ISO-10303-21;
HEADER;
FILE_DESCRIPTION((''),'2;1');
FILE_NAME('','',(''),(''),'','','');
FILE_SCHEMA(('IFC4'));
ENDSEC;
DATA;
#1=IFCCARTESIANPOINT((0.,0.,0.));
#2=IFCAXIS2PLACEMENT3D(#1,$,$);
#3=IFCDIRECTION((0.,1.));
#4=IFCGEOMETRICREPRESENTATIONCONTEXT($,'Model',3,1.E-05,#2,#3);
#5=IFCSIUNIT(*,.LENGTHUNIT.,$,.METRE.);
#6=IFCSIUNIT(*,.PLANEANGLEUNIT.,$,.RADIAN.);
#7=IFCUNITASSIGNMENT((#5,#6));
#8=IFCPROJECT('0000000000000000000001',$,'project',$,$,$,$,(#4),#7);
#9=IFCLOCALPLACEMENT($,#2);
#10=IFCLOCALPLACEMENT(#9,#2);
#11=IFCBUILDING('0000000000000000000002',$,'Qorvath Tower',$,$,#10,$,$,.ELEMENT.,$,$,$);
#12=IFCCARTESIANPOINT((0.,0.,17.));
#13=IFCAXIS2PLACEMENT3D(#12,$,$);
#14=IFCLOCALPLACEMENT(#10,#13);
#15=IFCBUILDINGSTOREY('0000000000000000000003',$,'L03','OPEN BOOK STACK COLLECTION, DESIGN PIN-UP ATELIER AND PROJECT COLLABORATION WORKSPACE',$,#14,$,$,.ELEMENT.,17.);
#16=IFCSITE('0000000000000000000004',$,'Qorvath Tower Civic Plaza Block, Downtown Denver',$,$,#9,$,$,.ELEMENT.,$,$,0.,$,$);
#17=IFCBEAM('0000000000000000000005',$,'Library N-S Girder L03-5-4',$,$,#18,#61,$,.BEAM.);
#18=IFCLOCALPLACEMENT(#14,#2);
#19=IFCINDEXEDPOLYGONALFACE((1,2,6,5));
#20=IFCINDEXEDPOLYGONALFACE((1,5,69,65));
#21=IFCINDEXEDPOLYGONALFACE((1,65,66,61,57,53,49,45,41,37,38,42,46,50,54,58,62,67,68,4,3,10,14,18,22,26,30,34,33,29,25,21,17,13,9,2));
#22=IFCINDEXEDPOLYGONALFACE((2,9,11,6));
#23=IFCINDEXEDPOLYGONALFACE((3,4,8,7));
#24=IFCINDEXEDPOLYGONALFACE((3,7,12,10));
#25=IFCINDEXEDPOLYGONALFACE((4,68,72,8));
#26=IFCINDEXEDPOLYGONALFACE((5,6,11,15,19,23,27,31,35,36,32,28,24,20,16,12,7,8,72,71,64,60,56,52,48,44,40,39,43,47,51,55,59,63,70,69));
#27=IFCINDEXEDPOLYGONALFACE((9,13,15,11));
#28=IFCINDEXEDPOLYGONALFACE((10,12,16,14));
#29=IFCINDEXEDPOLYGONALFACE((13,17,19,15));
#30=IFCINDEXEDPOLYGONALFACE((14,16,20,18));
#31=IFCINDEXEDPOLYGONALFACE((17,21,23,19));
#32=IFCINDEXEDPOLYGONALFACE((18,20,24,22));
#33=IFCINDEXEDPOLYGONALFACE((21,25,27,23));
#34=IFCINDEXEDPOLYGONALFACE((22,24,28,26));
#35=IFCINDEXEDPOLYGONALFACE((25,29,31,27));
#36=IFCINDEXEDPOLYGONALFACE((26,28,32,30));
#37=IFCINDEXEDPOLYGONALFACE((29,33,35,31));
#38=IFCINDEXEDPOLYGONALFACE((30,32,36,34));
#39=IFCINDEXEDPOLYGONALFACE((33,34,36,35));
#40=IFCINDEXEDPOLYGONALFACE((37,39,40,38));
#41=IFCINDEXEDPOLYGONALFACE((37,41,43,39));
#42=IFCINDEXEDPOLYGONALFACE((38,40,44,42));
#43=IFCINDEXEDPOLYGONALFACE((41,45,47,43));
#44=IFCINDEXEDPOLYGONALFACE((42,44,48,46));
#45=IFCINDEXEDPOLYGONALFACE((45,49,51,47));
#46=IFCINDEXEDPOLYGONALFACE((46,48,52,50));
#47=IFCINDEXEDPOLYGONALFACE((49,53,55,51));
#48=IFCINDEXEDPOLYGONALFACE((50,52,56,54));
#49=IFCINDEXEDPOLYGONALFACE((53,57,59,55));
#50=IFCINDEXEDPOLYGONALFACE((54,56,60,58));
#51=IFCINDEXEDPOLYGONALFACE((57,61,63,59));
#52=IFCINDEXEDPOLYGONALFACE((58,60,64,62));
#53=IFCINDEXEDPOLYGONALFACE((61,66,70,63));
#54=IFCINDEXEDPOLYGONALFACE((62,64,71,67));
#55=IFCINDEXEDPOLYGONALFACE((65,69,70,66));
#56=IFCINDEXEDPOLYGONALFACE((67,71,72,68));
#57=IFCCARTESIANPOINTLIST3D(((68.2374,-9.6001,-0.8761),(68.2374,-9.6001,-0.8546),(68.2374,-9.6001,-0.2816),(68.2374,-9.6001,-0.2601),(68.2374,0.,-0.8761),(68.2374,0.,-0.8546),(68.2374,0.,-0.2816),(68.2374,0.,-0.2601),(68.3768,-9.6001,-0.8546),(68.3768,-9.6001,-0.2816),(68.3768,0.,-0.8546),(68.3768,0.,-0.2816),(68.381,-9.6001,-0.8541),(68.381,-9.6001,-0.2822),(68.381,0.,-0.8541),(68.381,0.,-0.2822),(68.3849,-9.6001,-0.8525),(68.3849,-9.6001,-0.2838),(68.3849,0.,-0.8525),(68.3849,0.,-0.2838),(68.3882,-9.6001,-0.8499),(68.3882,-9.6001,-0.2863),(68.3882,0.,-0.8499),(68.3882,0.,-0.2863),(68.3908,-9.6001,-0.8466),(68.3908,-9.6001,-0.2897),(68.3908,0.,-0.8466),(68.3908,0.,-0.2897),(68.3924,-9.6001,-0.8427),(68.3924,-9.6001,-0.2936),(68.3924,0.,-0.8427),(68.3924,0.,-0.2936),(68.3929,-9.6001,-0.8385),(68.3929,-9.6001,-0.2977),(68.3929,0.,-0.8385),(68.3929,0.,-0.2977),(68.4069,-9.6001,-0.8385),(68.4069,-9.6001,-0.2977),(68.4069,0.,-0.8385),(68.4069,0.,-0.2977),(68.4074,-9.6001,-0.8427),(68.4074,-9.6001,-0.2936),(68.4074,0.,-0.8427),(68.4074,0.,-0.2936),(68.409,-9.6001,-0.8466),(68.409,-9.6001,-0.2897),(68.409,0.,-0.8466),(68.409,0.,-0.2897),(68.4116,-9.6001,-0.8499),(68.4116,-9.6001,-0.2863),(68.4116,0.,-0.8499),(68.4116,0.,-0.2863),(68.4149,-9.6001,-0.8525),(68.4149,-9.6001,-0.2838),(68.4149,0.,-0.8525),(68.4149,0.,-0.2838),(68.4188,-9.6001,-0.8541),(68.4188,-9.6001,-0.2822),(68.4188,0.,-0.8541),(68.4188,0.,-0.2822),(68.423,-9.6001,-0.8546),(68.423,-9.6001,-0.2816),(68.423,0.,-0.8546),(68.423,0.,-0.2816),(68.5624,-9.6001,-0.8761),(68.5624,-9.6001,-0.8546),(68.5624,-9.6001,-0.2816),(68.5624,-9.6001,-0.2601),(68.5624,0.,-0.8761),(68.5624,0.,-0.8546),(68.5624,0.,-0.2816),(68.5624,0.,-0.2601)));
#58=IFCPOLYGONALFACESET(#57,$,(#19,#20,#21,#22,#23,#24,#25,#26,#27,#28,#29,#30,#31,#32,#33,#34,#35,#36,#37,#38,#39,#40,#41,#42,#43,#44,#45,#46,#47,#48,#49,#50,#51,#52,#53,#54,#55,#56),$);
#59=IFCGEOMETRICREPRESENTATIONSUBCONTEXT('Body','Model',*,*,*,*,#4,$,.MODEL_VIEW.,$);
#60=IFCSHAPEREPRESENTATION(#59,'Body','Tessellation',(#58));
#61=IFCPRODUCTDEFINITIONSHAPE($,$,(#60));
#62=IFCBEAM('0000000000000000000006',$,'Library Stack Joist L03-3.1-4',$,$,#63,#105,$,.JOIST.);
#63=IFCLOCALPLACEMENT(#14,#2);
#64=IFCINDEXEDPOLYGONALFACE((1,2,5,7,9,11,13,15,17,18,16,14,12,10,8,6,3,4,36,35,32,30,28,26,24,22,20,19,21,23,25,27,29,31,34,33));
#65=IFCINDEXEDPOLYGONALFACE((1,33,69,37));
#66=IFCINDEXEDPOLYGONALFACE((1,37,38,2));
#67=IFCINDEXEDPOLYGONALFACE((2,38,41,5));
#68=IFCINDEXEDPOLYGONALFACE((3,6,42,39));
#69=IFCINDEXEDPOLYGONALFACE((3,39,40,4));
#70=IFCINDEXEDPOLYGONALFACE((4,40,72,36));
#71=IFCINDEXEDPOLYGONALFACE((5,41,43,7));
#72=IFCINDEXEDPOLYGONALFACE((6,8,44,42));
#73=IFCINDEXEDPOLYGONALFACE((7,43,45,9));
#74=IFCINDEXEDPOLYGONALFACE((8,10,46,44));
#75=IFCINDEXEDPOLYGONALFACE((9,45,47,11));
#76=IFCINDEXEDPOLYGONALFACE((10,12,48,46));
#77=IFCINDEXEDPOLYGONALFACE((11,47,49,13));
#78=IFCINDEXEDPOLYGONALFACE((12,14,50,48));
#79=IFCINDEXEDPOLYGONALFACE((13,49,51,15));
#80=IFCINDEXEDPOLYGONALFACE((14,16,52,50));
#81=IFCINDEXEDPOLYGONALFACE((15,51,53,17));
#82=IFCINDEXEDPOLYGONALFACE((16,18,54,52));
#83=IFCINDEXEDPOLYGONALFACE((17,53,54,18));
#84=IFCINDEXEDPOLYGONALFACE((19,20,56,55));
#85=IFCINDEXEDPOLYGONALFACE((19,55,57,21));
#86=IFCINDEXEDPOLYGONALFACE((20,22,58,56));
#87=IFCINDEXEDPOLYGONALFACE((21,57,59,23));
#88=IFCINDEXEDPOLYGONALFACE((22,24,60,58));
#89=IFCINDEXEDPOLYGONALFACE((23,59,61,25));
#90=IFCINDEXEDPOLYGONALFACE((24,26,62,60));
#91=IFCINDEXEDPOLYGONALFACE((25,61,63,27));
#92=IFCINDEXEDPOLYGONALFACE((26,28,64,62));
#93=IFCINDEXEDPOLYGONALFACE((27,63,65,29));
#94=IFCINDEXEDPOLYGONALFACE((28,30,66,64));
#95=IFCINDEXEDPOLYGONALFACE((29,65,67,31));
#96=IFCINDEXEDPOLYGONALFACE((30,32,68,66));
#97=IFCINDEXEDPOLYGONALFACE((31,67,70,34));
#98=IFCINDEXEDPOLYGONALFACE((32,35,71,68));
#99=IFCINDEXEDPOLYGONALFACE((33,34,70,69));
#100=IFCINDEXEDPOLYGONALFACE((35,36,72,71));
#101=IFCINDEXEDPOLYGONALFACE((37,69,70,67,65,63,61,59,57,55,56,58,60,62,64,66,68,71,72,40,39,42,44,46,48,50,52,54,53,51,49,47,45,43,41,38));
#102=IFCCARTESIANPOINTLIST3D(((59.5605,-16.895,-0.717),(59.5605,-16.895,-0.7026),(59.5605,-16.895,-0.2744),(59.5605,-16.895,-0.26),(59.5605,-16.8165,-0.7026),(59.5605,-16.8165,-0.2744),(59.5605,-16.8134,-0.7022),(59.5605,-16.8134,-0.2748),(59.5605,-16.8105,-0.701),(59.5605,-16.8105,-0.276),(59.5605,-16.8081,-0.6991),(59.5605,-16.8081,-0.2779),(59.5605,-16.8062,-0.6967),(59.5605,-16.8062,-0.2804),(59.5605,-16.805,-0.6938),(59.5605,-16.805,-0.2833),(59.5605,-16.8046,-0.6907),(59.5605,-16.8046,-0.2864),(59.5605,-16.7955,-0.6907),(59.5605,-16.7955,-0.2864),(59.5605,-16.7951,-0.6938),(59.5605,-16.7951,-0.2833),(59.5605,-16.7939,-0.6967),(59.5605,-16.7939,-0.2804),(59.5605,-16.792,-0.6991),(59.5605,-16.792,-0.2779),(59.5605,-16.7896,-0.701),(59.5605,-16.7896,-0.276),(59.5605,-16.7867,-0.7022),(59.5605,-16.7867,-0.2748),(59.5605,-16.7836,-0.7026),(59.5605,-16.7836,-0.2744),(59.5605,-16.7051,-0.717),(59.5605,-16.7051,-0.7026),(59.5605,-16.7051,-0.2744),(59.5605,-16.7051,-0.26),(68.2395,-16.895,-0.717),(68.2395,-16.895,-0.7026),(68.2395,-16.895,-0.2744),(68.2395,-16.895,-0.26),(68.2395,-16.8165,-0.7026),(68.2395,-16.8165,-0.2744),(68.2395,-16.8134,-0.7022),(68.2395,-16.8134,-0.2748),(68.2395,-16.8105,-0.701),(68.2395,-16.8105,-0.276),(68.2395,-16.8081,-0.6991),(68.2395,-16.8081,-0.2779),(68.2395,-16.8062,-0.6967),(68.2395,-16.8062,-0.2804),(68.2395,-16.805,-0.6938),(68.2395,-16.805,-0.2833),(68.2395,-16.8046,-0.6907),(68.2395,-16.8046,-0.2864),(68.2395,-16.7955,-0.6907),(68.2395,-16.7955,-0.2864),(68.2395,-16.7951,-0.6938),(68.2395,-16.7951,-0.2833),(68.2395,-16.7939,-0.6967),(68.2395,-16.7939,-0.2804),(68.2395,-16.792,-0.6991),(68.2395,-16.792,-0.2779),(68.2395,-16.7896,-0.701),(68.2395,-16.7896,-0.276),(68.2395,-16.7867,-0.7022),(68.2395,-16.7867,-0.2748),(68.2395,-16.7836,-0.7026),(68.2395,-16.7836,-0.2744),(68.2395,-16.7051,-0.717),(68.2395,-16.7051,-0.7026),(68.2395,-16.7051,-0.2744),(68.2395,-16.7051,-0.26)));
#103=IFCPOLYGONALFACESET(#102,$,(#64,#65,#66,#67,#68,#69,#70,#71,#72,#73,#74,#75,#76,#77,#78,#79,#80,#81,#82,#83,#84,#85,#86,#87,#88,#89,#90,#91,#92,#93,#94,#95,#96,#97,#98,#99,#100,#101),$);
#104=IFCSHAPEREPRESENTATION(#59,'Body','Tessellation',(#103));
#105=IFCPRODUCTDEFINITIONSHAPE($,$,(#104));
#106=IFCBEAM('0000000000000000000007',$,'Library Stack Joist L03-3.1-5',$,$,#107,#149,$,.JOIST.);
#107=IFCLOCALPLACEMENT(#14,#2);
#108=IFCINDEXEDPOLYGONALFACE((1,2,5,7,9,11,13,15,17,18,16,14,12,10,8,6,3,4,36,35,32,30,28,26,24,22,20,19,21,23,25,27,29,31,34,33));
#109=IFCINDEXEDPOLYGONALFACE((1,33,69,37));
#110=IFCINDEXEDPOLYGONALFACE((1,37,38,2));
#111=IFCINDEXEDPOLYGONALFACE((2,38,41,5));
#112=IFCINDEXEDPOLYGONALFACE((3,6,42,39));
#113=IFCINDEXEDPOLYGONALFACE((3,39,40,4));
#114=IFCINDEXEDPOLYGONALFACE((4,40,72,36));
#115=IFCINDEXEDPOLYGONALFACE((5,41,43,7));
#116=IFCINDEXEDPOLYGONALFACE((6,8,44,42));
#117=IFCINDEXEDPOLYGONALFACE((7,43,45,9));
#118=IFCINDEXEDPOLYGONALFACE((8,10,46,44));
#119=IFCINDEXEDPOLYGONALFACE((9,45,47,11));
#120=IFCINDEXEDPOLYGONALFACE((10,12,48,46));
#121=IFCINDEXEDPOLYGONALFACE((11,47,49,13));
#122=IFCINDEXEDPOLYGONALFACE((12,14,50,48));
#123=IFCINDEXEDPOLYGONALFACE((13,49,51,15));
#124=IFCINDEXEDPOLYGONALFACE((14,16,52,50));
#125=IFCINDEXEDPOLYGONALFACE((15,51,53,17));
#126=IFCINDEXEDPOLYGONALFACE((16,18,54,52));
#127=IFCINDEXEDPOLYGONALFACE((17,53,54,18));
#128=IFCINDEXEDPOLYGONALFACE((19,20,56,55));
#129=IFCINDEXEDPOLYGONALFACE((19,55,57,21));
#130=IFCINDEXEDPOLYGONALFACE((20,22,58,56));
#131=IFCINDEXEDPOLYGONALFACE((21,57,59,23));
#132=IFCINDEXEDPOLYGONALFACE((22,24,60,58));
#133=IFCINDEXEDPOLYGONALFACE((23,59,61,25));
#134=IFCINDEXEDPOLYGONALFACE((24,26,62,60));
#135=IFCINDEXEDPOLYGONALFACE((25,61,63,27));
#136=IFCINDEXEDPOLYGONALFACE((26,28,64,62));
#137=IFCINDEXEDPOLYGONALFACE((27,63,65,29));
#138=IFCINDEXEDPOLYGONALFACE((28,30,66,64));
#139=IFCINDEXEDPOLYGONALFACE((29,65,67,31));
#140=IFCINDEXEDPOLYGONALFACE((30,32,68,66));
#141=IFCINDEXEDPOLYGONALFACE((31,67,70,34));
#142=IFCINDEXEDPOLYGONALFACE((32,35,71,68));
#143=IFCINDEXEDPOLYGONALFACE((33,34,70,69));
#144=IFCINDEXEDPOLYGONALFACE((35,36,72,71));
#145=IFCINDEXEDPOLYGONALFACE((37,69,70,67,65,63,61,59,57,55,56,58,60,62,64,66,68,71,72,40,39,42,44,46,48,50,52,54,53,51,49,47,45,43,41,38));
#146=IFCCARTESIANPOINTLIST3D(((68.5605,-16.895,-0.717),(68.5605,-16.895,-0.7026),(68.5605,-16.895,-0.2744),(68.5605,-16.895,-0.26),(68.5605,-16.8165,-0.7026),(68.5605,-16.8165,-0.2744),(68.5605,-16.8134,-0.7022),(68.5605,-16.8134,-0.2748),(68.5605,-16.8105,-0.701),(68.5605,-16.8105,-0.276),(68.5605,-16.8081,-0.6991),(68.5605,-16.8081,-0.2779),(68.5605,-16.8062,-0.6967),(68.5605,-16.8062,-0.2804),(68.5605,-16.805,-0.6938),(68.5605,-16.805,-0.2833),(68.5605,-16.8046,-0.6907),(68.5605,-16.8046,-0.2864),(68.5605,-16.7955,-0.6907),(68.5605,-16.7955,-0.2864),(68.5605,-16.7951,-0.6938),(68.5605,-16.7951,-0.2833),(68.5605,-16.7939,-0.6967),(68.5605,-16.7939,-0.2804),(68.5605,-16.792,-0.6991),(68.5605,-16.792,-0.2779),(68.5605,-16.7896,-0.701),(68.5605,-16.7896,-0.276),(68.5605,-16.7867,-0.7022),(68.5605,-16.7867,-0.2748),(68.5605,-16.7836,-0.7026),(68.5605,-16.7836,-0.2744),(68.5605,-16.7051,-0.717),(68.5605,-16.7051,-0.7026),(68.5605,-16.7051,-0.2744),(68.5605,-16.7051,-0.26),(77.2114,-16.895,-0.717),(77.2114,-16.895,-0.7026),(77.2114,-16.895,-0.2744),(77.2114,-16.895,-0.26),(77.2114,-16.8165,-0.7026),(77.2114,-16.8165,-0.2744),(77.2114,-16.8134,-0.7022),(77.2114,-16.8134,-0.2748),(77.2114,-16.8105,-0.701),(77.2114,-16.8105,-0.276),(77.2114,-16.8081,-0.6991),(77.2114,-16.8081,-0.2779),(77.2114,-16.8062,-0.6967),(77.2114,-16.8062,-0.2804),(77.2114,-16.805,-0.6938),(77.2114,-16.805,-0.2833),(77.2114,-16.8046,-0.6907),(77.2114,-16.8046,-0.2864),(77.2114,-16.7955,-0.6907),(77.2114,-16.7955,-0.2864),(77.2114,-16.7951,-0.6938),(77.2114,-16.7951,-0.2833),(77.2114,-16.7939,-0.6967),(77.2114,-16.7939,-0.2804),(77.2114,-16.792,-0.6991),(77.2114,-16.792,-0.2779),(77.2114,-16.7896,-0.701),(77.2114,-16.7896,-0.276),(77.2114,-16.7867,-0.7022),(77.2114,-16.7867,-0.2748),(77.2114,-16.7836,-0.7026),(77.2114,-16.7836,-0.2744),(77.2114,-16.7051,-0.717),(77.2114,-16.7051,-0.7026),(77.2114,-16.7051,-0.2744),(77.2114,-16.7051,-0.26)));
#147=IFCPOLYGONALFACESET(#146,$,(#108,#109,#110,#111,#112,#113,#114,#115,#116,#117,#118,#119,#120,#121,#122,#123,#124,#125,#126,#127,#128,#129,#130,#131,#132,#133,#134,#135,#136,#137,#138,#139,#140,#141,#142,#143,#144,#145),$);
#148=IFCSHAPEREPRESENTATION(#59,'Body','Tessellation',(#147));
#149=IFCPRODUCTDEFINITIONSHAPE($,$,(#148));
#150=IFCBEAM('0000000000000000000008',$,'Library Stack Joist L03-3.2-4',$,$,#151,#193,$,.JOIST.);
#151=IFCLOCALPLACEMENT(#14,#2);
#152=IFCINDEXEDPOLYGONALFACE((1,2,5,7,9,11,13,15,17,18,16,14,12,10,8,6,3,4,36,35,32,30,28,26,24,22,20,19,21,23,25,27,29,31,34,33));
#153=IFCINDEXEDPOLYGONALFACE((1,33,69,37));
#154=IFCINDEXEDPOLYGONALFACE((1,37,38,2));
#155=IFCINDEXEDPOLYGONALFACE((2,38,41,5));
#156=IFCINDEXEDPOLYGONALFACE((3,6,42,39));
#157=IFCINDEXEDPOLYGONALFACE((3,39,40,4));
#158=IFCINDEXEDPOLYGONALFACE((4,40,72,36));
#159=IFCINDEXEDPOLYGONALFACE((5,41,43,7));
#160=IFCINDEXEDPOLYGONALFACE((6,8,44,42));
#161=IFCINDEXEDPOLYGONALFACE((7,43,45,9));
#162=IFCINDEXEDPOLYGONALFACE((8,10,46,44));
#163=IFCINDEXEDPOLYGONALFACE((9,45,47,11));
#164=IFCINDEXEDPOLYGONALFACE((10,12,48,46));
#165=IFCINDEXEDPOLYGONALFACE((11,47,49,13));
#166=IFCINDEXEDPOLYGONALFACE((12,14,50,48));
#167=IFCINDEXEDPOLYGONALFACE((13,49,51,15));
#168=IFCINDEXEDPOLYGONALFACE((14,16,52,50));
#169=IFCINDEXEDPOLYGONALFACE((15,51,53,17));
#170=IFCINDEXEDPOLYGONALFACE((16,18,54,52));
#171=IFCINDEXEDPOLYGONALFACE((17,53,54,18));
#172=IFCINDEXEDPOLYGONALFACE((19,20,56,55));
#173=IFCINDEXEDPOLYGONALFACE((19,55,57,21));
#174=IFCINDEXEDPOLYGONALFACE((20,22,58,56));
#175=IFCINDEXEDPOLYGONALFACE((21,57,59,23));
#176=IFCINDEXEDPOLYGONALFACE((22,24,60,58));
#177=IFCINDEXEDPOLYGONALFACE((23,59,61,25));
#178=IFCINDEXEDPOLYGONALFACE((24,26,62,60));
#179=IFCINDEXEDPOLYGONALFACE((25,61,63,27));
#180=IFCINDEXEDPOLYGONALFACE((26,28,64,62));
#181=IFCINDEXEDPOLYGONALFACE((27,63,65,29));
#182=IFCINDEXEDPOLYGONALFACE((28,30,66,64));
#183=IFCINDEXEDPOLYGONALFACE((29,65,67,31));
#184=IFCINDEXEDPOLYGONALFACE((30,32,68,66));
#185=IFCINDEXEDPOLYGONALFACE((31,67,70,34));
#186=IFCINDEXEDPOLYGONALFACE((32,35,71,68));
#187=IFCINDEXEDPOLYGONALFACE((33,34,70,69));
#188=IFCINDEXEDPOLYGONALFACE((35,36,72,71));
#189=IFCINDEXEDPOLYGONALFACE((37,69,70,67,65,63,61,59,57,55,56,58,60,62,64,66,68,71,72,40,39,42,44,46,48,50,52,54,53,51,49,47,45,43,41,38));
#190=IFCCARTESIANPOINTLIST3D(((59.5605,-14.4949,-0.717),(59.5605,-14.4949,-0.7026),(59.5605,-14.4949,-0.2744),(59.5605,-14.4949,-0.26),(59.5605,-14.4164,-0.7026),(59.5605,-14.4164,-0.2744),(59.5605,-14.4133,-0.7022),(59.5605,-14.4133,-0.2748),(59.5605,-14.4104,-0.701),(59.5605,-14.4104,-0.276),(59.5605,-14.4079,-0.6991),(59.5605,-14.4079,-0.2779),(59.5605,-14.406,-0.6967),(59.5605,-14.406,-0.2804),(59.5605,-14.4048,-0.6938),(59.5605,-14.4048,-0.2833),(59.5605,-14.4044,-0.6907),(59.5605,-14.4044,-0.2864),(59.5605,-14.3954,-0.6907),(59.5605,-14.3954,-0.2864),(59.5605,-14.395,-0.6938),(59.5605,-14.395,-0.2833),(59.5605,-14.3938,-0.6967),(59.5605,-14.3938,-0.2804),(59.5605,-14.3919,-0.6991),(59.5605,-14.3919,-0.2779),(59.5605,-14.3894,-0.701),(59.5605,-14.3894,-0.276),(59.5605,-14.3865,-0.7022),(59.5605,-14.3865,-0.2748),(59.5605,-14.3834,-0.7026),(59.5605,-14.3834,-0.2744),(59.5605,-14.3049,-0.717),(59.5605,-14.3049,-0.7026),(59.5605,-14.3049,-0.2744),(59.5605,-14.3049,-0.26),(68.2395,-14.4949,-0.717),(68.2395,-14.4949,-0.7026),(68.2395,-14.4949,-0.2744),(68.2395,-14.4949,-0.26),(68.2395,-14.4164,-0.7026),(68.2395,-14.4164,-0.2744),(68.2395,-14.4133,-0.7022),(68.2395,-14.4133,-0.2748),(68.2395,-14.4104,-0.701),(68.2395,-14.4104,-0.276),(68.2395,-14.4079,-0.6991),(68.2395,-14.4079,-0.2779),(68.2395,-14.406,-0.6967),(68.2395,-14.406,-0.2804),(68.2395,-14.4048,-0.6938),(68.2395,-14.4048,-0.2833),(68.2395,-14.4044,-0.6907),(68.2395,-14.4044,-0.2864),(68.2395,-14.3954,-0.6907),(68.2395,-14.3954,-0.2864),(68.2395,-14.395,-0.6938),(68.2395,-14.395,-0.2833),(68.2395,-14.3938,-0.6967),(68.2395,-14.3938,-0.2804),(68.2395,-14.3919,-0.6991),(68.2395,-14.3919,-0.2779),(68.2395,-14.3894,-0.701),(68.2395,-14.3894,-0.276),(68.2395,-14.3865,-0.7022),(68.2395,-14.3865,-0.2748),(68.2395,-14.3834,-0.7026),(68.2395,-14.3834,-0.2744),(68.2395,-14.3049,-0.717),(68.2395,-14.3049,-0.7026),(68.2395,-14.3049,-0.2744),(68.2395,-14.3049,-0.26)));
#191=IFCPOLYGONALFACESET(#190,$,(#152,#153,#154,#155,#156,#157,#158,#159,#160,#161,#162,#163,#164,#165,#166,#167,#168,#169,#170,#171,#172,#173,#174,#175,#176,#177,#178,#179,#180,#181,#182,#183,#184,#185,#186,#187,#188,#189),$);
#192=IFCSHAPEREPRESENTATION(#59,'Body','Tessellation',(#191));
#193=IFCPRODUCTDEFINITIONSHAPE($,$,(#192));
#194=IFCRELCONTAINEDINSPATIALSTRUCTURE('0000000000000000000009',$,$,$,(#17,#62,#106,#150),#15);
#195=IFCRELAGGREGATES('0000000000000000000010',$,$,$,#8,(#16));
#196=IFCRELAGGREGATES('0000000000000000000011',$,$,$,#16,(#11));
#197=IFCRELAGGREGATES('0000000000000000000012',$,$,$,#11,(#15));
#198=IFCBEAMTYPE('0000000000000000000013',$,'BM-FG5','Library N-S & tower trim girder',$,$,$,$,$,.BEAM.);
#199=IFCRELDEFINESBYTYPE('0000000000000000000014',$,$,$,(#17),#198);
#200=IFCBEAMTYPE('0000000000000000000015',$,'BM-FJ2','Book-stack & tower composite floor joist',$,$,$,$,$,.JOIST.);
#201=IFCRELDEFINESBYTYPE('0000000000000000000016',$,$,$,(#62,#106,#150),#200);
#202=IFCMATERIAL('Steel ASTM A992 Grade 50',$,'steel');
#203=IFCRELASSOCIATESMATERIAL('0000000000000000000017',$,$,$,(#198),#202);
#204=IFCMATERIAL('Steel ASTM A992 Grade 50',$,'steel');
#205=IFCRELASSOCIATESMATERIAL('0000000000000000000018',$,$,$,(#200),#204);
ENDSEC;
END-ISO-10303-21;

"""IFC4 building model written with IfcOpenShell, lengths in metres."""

from ifc_helpers import new_model, si_unit, direction, frame, origin, origin_2d, place, context, subcontext, project, spatial, i_section, extrude, material, material_profile, profile_set, type_object, element, save


model = new_model("IFC4")

# Units and contexts
model_context = context("Model", 3, precision=1e-05, world=origin(), true_north=direction((0.0, 1.0)))
body_context = subcontext(model_context, "Body", "Model", "MODEL_VIEW")
ifc_project = project(units=[si_unit("LENGTHUNIT", "METRE"), si_unit("PLANEANGLEUNIT", "RADIAN")], contexts=[model_context])

# Site, building, storey
site_placement = place(None, origin())
site = spatial("IfcSite", under=ifc_project, at=site_placement, Name="Qorvath Tower Civic Plaza Block, Downtown Denver", CompositionType="ELEMENT", RefElevation=0.0)
building_placement = place(site_placement, origin())
building = spatial("IfcBuilding", under=site, at=building_placement, Name="Qorvath Tower", CompositionType="ELEMENT")
storey_placement = place(building_placement, frame((0.0, 0.0, 17.0)))
storey = spatial("IfcBuildingStorey", under=building, at=storey_placement, Name="L03", Description="OPEN BOOK STACK COLLECTION, DESIGN PIN-UP ATELIER AND PROJECT COLLABORATION WORKSPACE", CompositionType="ELEMENT", Elevation=17.0)

# Beams
ifc_material_1 = material(Name="Steel ASTM A992 Grade 50", Category="steel")
ifc_material_profile_1 = material_profile(ifc_material_1, i_section(OverallWidth=0.325, OverallDepth=0.616, WebThickness=0.0139, FlangeThickness=0.0215, FilletRadius=0.0161, at=origin_2d()), Name="W24x117")
ifc_profile_set_1 = profile_set([ifc_material_profile_1], Name="Steel ASTM A992 Grade 50")
beam_type_1 = type_object("IfcBeamType", Name="BM-FG5", Description="Library N-S & tower trim girder", PredefinedType="BEAM", material=ifc_profile_set_1)
for number, where, z_axis, x_axis, name in (
    (1, (68.3999, -9.6001, -0.5681), (0.0, 1.0, 0.0), (-1.0, 0.0, 0.0), "Library N-S Girder L03-5-4"),
):
    element("IfcBeam", number, at=place(storey_placement, frame(where, z_axis=z_axis, x_axis=x_axis)), inside=storey, type_object=beam_type_1, Name=name, PredefinedType="BEAM", context=body_context, shape_type="SweptSolid", body=[
        extrude(i_section(OverallWidth=0.325, OverallDepth=0.616, WebThickness=0.0139, FlangeThickness=0.0215, FilletRadius=0.0161, at=origin_2d()), origin(), (0.0, 0.0, 1.0), 9.6001),
    ])
ifc_material_2 = material(Name="Steel ASTM A992 Grade 50", Category="steel")
ifc_material_profile_2 = material_profile(ifc_material_2, i_section(OverallWidth=0.1899, OverallDepth=0.457, WebThickness=0.009, FlangeThickness=0.0144, FilletRadius=0.012, at=origin_2d()), Name="W18x50")
ifc_profile_set_2 = profile_set([ifc_material_profile_2], Name="Steel ASTM A992 Grade 50")
beam_type_2 = type_object("IfcBeamType", Name="BM-FJ2", Description="Book-stack & tower composite floor joist", PredefinedType="JOIST", material=ifc_profile_set_2)
beam_1_placement = place(storey_placement, frame((59.5605, -16.8, -0.4885), z_axis=(1.0, 0.0, 0.0), x_axis=(0.0, 1.0, 0.0)))
element("IfcBeam", 2, at=beam_1_placement, inside=storey, type_object=beam_type_2, Name="Library Stack Joist L03-3.1-4", PredefinedType="JOIST", context=body_context, shape_type="SweptSolid", body=[
    extrude(i_section(OverallWidth=0.1899, OverallDepth=0.457, WebThickness=0.009, FlangeThickness=0.0144, FilletRadius=0.012, at=origin_2d()), origin(), (0.0, 0.0, 1.0), 8.679),
])
beam_2_placement = place(storey_placement, frame((68.5605, -16.8, -0.4885), z_axis=(1.0, 0.0, 0.0), x_axis=(0.0, 1.0, 0.0)))
element("IfcBeam", 3, at=beam_2_placement, inside=storey, type_object=beam_type_2, Name="Library Stack Joist L03-3.1-5", PredefinedType="JOIST", context=body_context, shape_type="SweptSolid", body=[
    extrude(i_section(OverallWidth=0.1899, OverallDepth=0.457, WebThickness=0.009, FlangeThickness=0.0144, FilletRadius=0.012, at=origin_2d()), origin(), (0.0, 0.0, 1.0), 8.6509),
])
beam_3_placement = place(storey_placement, frame((59.5605, -14.3999, -0.4885), z_axis=(1.0, 0.0, 0.0), x_axis=(0.0, 1.0, 0.0)))
element("IfcBeam", 4, at=beam_3_placement, inside=storey, type_object=beam_type_2, Name="Library Stack Joist L03-3.2-4", PredefinedType="JOIST", context=body_context, shape_type="SweptSolid", body=[
    extrude(i_section(OverallWidth=0.1899, OverallDepth=0.457, WebThickness=0.009, FlangeThickness=0.0144, FilletRadius=0.012, at=origin_2d()), origin(), (0.0, 0.0, 1.0), 8.679),
])

save(model, "model.ifc")
